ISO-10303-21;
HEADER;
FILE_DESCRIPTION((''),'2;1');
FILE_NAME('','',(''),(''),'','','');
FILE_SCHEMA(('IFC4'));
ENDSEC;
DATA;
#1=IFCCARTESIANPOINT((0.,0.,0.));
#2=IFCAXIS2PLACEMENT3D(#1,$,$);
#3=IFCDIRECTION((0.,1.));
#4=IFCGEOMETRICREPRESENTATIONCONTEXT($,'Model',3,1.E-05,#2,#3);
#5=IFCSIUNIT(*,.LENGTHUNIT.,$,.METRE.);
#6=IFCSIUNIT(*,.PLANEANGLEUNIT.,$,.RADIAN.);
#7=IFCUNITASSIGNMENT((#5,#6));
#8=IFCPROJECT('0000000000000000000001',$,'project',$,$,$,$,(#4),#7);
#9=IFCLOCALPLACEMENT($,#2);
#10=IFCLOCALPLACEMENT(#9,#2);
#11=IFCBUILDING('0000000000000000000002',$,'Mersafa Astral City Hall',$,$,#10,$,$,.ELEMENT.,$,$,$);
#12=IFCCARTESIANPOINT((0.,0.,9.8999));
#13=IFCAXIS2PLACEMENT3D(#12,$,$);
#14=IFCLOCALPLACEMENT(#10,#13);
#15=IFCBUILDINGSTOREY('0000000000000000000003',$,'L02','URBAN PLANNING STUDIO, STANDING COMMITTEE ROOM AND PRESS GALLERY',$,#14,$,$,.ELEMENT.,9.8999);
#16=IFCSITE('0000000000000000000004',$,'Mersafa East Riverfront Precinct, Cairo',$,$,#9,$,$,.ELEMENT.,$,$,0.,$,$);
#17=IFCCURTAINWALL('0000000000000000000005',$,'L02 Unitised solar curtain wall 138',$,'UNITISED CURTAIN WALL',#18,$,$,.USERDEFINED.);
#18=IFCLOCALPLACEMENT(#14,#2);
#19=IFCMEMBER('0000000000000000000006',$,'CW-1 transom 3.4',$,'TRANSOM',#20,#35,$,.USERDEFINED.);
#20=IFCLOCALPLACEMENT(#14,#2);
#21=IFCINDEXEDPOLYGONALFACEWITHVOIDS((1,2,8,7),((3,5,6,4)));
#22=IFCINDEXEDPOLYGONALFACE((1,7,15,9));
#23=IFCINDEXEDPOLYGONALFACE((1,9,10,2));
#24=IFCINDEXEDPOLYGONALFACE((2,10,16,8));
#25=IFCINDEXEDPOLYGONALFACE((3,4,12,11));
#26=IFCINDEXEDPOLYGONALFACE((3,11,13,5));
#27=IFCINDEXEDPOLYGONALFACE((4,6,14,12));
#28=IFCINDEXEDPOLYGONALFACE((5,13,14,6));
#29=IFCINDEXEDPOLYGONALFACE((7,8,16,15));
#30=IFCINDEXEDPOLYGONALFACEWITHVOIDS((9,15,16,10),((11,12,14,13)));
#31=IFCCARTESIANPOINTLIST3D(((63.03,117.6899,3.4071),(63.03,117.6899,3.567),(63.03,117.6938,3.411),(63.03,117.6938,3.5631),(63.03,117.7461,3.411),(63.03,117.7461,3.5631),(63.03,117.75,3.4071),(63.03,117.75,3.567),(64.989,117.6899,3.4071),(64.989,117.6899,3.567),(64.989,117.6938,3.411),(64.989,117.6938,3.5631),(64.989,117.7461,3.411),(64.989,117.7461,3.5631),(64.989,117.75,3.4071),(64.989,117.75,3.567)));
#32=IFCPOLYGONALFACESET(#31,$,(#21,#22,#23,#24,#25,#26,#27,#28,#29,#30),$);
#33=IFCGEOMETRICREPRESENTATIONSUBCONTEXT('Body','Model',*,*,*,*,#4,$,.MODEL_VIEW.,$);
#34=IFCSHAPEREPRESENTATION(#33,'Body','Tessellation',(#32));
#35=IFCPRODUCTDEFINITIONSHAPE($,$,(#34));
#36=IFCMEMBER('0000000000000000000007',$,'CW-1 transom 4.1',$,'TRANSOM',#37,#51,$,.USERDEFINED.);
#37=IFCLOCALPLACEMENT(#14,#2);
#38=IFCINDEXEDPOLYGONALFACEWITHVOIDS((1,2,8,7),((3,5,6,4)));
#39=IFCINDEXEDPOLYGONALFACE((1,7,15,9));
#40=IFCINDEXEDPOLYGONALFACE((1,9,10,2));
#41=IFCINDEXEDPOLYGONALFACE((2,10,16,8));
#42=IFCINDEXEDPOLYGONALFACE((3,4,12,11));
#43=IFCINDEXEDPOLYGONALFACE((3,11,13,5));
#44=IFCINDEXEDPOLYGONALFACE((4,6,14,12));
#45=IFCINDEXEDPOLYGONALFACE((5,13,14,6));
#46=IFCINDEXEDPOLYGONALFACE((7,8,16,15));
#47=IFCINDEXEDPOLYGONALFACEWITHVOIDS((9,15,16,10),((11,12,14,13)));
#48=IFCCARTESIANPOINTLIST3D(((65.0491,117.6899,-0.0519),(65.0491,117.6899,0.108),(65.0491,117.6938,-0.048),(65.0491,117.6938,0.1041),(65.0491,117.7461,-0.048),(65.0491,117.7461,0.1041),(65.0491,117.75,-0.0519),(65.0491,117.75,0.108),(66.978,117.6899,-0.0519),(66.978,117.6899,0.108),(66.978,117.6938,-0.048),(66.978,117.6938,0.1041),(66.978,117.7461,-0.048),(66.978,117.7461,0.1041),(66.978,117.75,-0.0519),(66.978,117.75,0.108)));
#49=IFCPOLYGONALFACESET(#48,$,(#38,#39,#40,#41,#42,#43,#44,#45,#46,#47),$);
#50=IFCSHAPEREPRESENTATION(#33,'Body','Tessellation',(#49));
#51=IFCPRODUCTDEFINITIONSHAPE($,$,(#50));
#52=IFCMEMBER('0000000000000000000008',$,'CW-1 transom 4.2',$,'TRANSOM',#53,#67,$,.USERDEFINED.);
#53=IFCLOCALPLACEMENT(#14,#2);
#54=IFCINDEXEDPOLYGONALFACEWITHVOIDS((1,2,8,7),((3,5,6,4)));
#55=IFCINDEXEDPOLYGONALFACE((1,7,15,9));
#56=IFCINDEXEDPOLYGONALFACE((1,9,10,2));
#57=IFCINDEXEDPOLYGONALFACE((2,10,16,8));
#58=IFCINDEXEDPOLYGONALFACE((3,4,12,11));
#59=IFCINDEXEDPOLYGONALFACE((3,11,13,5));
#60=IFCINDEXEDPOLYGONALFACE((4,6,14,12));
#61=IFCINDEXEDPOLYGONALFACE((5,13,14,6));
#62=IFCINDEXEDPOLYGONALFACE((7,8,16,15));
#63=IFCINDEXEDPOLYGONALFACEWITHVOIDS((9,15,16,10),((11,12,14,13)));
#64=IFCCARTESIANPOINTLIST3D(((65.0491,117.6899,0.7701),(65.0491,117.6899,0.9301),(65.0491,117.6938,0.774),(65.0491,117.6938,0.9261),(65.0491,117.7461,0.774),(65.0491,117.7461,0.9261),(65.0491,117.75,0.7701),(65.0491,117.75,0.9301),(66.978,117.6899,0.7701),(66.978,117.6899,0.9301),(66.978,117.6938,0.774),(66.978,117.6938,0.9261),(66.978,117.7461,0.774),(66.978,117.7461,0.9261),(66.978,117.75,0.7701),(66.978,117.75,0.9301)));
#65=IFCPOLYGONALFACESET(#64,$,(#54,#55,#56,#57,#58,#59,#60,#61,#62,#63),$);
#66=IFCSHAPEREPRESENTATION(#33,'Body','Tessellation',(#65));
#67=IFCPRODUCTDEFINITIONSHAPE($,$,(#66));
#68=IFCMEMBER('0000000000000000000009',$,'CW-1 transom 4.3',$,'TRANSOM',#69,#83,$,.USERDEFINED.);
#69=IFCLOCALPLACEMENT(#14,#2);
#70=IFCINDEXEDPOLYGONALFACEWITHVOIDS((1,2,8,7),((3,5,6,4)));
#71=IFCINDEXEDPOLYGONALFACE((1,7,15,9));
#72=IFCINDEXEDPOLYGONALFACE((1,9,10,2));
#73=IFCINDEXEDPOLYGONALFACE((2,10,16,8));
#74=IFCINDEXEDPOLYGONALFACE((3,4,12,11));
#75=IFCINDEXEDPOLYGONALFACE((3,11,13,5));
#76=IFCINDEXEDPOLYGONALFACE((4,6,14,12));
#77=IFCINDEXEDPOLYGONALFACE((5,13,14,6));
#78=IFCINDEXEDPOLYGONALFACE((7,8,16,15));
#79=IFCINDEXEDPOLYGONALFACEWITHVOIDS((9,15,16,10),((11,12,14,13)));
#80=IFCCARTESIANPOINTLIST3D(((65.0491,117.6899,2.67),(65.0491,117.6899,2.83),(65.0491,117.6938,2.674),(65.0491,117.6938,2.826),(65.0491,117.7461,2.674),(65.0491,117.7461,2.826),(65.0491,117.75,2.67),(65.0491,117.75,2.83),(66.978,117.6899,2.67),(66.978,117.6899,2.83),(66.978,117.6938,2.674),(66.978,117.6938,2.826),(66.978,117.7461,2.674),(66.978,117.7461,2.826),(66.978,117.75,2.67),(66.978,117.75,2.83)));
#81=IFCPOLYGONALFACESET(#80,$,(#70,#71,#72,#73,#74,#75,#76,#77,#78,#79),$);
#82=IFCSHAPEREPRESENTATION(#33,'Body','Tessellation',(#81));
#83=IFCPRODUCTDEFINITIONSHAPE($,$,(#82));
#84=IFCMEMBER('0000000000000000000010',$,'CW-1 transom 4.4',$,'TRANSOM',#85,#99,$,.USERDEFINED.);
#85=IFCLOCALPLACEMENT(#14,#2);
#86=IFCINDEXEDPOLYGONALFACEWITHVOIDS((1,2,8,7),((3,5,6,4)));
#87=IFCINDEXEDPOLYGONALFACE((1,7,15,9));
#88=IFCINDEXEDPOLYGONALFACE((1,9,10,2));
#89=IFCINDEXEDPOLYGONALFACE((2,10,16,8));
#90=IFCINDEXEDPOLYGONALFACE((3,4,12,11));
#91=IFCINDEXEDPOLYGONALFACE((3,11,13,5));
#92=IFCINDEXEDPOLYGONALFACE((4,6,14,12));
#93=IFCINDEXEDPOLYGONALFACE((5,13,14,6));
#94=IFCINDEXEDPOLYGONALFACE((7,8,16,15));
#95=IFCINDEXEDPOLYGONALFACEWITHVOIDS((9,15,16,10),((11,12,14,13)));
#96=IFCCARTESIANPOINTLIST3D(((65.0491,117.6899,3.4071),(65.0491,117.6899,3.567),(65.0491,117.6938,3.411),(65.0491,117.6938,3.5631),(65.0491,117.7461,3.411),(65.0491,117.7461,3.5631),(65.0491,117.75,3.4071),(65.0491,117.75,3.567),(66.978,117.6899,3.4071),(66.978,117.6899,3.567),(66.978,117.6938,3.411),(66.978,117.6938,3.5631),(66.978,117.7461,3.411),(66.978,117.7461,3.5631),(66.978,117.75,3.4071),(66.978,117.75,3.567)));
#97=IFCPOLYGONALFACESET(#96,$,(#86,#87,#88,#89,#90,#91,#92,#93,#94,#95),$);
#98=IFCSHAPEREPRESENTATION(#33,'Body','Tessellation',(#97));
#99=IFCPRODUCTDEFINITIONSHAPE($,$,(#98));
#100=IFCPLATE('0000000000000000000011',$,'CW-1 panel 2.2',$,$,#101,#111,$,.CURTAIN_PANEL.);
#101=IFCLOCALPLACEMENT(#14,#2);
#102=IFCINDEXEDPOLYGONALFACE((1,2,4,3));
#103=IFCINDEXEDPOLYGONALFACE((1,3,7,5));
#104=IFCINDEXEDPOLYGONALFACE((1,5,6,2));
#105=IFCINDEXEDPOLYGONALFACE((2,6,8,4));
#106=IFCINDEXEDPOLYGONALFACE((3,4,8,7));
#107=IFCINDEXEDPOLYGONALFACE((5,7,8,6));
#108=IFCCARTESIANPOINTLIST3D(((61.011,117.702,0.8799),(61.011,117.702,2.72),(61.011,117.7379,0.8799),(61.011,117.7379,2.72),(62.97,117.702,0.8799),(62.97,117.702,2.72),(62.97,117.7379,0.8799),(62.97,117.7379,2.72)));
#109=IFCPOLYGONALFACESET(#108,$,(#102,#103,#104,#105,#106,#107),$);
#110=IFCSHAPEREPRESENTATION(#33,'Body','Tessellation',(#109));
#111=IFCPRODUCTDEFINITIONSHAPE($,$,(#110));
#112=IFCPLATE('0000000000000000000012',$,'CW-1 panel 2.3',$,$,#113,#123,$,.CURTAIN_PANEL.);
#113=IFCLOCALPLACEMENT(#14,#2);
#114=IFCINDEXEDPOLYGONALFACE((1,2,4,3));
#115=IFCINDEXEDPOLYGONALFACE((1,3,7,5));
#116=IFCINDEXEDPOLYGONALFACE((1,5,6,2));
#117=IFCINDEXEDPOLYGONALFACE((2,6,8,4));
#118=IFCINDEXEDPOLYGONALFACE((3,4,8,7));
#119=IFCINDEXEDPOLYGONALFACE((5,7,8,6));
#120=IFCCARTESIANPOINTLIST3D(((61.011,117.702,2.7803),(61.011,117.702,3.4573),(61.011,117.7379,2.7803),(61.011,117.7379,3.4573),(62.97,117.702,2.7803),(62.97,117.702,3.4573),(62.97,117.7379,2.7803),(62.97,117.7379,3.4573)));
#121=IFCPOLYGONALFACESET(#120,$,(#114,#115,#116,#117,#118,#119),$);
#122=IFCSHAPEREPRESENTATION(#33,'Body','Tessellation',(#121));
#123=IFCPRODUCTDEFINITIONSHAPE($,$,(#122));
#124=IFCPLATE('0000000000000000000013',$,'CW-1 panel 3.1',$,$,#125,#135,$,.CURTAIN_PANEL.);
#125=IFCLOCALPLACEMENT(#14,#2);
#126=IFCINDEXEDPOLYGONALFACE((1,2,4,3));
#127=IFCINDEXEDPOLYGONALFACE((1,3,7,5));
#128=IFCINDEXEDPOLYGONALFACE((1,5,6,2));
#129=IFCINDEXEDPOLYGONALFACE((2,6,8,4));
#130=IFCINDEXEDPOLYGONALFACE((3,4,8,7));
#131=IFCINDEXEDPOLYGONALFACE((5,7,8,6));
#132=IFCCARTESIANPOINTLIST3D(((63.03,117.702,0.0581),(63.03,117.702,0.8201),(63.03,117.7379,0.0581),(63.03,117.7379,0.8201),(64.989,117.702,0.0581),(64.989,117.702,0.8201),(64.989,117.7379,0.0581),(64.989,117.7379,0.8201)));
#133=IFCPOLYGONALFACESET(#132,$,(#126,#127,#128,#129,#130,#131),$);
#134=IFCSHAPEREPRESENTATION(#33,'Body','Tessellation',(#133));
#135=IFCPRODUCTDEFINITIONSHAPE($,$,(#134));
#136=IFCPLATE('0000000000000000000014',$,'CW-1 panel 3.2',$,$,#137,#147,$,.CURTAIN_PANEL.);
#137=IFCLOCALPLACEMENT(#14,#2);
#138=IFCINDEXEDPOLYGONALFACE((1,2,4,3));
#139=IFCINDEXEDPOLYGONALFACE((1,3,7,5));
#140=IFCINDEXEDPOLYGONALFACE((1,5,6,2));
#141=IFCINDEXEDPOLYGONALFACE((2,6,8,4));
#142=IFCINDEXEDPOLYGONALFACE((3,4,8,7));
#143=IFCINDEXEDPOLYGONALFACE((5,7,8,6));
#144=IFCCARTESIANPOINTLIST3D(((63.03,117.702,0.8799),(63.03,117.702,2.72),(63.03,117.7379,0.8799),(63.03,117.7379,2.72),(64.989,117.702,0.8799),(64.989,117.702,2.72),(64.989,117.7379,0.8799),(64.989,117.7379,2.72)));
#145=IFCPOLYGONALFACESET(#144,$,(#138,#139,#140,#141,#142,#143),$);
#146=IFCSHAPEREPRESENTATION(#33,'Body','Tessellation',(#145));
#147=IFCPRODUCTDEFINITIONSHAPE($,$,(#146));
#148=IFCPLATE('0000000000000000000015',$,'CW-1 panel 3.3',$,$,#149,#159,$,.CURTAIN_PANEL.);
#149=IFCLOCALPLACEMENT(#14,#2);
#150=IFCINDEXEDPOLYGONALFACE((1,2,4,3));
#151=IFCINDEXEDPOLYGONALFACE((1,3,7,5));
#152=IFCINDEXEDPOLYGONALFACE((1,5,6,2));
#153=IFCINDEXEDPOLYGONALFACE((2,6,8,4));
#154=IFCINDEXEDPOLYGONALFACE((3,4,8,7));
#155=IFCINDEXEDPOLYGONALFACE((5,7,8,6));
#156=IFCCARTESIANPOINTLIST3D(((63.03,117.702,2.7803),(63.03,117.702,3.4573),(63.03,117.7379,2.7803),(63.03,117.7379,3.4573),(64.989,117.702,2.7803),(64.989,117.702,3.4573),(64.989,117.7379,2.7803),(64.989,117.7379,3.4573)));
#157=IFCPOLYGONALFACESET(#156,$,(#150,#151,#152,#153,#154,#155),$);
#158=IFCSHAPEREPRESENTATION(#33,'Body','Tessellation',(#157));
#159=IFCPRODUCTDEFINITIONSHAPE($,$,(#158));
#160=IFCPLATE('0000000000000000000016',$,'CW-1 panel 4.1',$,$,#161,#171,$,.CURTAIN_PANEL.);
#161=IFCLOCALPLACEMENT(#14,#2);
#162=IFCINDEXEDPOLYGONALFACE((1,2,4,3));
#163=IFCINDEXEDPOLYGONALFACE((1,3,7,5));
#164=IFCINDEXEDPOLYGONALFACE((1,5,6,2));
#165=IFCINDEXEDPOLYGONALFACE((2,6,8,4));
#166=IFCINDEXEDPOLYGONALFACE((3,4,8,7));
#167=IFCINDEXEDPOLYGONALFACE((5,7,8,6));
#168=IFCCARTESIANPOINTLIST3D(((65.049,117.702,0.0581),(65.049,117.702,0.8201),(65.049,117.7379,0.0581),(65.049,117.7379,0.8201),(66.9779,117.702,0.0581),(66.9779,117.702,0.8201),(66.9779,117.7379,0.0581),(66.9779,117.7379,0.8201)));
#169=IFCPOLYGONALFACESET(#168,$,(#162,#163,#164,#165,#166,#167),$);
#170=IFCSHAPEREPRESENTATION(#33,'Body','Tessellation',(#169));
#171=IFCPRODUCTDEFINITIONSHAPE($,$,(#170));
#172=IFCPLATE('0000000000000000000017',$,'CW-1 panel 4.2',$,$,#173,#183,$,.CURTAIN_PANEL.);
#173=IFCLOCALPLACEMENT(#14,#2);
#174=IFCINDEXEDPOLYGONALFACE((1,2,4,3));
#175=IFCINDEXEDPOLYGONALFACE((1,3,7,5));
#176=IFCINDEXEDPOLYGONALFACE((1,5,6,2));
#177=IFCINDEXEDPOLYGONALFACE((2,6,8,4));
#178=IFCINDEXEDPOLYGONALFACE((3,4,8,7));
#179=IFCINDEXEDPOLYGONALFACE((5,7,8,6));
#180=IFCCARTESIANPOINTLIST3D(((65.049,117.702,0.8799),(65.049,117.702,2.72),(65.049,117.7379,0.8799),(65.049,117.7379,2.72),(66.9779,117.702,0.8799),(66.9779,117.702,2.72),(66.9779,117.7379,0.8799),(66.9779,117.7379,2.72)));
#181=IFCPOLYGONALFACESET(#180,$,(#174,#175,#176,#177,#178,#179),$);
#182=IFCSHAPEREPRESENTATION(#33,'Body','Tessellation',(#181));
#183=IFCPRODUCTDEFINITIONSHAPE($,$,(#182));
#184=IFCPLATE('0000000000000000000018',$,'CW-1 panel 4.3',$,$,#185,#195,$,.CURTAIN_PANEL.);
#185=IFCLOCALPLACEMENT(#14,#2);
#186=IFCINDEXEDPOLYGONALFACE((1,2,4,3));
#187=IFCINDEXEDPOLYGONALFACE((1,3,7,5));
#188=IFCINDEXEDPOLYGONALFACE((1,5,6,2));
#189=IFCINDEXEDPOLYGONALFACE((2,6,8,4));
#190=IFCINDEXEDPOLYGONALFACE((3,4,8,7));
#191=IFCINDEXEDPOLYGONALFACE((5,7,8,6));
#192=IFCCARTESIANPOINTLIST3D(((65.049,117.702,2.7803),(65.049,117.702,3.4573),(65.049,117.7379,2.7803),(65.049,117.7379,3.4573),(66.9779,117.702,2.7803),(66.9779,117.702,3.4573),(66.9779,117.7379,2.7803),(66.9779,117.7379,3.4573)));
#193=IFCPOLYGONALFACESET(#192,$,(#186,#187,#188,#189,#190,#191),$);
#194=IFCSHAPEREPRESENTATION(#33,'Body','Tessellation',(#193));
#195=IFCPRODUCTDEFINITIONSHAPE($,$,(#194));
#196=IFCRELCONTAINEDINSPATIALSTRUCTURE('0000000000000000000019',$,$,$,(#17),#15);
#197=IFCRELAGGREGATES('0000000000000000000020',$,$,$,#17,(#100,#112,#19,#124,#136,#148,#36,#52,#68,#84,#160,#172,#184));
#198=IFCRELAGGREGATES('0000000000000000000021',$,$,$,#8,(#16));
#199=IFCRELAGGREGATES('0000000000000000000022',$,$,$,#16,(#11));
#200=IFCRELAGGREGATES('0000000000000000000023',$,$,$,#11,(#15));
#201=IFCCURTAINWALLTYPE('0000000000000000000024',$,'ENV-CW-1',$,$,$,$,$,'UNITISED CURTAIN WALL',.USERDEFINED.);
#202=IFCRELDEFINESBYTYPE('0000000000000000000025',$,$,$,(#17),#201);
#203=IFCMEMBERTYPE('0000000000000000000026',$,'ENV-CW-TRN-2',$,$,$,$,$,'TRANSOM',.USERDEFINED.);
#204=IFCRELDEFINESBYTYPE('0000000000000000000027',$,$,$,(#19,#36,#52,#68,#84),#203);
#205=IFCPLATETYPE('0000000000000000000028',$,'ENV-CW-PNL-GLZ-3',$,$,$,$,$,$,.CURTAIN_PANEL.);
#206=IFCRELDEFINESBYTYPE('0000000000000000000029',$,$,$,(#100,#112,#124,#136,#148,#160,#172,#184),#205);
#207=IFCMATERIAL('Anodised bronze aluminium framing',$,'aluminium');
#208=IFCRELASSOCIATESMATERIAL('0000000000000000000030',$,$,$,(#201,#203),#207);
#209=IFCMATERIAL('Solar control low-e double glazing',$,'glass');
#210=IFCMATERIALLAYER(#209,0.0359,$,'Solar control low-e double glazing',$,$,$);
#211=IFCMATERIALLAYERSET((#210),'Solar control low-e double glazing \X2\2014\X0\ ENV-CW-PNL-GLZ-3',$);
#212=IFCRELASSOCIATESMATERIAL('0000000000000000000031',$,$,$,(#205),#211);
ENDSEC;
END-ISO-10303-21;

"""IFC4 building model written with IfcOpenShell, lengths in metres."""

from ifc_helpers import new_model, si_unit, direction, frame, origin, origin_2d, place, context, subcontext, project, spatial, rectangle, hollow_rectangle, extrude, material, layer, layer_set, material_profile, profile_set, type_object, element, aggregate, save


model = new_model("IFC4")

# Units and contexts
model_context = context("Model", 3, precision=1e-05, world=origin(), true_north=direction((0.0, 1.0)))
body_context = subcontext(model_context, "Body", "Model", "MODEL_VIEW")
ifc_project = project(units=[si_unit("LENGTHUNIT", "METRE"), si_unit("PLANEANGLEUNIT", "RADIAN")], contexts=[model_context])

# Site, building, storey
site_placement = place(None, origin())
site = spatial("IfcSite", under=ifc_project, at=site_placement, Name="Mersafa East Riverfront Precinct, Cairo", CompositionType="ELEMENT", RefElevation=0.0)
building_placement = place(site_placement, origin())
building = spatial("IfcBuilding", under=site, at=building_placement, Name="Mersafa Astral City Hall", CompositionType="ELEMENT")
storey_placement = place(building_placement, frame((0.0, 0.0, 9.8999)))
storey = spatial("IfcBuildingStorey", under=building, at=storey_placement, Name="L02", Description="URBAN PLANNING STUDIO, STANDING COMMITTEE ROOM AND PRESS GALLERY", CompositionType="ELEMENT", Elevation=9.8999)

# Curtain wall
ifc_material_1 = material(Name="Anodised bronze aluminium framing", Category="aluminium")
curtain_wall_type_1 = type_object("IfcCurtainWallType", Name="ENV-CW-1", ElementType="UNITISED CURTAIN WALL", PredefinedType="USERDEFINED", material=ifc_material_1)
curtain_wall_1_placement = place(storey_placement, origin())
curtain_wall_1 = element("IfcCurtainWall", 1, at=curtain_wall_1_placement, inside=storey, type_object=curtain_wall_type_1, Name="L02 Unitised solar curtain wall 138", ObjectType="UNITISED CURTAIN WALL", PredefinedType="USERDEFINED")

# Members
ifc_material_profile_1 = material_profile(ifc_material_1, hollow_rectangle(XDim=0.0601, YDim=0.1599, WallThickness=0.0039, at=origin_2d()), Name="RHS 60x160x4")
ifc_profile_set_1 = profile_set([ifc_material_profile_1], Name="Anodised bronze aluminium framing")
member_type_1 = type_object("IfcMemberType", Name="ENV-CW-TRN-2", ElementType="TRANSOM", PredefinedType="USERDEFINED", material=ifc_profile_set_1)
member_1_placement = place(storey_placement, frame((63.03, 117.72, 3.4871), z_axis=(1.0, 0.0, 0.0), x_axis=(0.0, 1.0, 0.0)))
member_1 = element("IfcMember", 2, at=member_1_placement, type_object=member_type_1, Name="CW-1 transom 3.4", ObjectType="TRANSOM", PredefinedType="USERDEFINED", context=body_context, shape_type="SweptSolid", body=[
    extrude(hollow_rectangle(XDim=0.0601, YDim=0.1599, WallThickness=0.0039, at=origin_2d()), origin(), (0.0, 0.0, 1.0), 1.959),
])
member_2_placement = place(storey_placement, frame((65.0491, 117.72, 0.0281), z_axis=(1.0, 0.0, 0.0), x_axis=(0.0, 1.0, 0.0)))
member_2 = element("IfcMember", 3, at=member_2_placement, type_object=member_type_1, Name="CW-1 transom 4.1", ObjectType="TRANSOM", PredefinedType="USERDEFINED", context=body_context, shape_type="SweptSolid", body=[
    extrude(hollow_rectangle(XDim=0.0601, YDim=0.1599, WallThickness=0.0039, at=origin_2d()), origin(), (0.0, 0.0, 1.0), 1.929),
])
member_3_placement = place(storey_placement, frame((65.0491, 117.72, 0.8501), z_axis=(1.0, 0.0, 0.0), x_axis=(0.0, 1.0, 0.0)))
member_3 = element("IfcMember", 4, at=member_3_placement, type_object=member_type_1, Name="CW-1 transom 4.2", ObjectType="TRANSOM", PredefinedType="USERDEFINED", context=body_context, shape_type="SweptSolid", body=[
    extrude(hollow_rectangle(XDim=0.0601, YDim=0.1599, WallThickness=0.0039, at=origin_2d()), origin(), (0.0, 0.0, 1.0), 1.929),
])
member_4_placement = place(storey_placement, frame((65.0491, 117.72, 2.75), z_axis=(1.0, 0.0, 0.0), x_axis=(0.0, 1.0, 0.0)))
member_4 = element("IfcMember", 5, at=member_4_placement, type_object=member_type_1, Name="CW-1 transom 4.3", ObjectType="TRANSOM", PredefinedType="USERDEFINED", context=body_context, shape_type="SweptSolid", body=[
    extrude(hollow_rectangle(XDim=0.0601, YDim=0.1599, WallThickness=0.0039, at=origin_2d()), origin(), (0.0, 0.0, 1.0), 1.929),
])
member_5_placement = place(storey_placement, frame((65.0491, 117.72, 3.4871), z_axis=(1.0, 0.0, 0.0), x_axis=(0.0, 1.0, 0.0)))
member_5 = element("IfcMember", 6, at=member_5_placement, type_object=member_type_1, Name="CW-1 transom 4.4", ObjectType="TRANSOM", PredefinedType="USERDEFINED", context=body_context, shape_type="SweptSolid", body=[
    extrude(hollow_rectangle(XDim=0.0601, YDim=0.1599, WallThickness=0.0039, at=origin_2d()), origin(), (0.0, 0.0, 1.0), 1.929),
])

# Plates
ifc_material_2 = material(Name="Solar control low-e double glazing", Category="glass")
ifc_layer = layer(ifc_material_2, 0.0359, Name="Solar control low-e double glazing")
ifc_layer_set = layer_set([ifc_layer], Name="Solar control low-e double glazing — ENV-CW-PNL-GLZ-3")
plate_type = type_object("IfcPlateType", Name="ENV-CW-PNL-GLZ-3", PredefinedType="CURTAIN_PANEL", material=ifc_layer_set)
plate_1_placement = place(storey_placement, frame((61.9905, 117.72, 0.8799), z_axis=(0.0, 0.0, 1.0), x_axis=(1.0, 0.0, 0.0)))
plate_1 = element("IfcPlate", 7, at=plate_1_placement, type_object=plate_type, Name="CW-1 panel 2.2", PredefinedType="CURTAIN_PANEL", context=body_context, shape_type="SweptSolid", body=[
    extrude(rectangle(XDim=1.959, YDim=0.0359, at=origin_2d()), origin(), (0.0, 0.0, 1.0), 1.8401),
])
plate_2_placement = place(storey_placement, frame((61.9905, 117.72, 2.7803), z_axis=(0.0, 0.0, 1.0), x_axis=(1.0, 0.0, 0.0)))
plate_2 = element("IfcPlate", 8, at=plate_2_placement, type_object=plate_type, Name="CW-1 panel 2.3", PredefinedType="CURTAIN_PANEL", context=body_context, shape_type="SweptSolid", body=[
    extrude(rectangle(XDim=1.959, YDim=0.0359, at=origin_2d()), origin(), (0.0, 0.0, 1.0), 0.677),
])
plate_3_placement = place(storey_placement, frame((64.0095, 117.72, 0.0581), z_axis=(0.0, 0.0, 1.0), x_axis=(1.0, 0.0, 0.0)))
plate_3 = element("IfcPlate", 9, at=plate_3_placement, type_object=plate_type, Name="CW-1 panel 3.1", PredefinedType="CURTAIN_PANEL", context=body_context, shape_type="SweptSolid", body=[
    extrude(rectangle(XDim=1.959, YDim=0.0359, at=origin_2d()), origin(), (0.0, 0.0, 1.0), 0.762),
])
plate_4_placement = place(storey_placement, frame((64.0095, 117.72, 0.8799), z_axis=(0.0, 0.0, 1.0), x_axis=(1.0, 0.0, 0.0)))
plate_4 = element("IfcPlate", 10, at=plate_4_placement, type_object=plate_type, Name="CW-1 panel 3.2", PredefinedType="CURTAIN_PANEL", context=body_context, shape_type="SweptSolid", body=[
    extrude(rectangle(XDim=1.959, YDim=0.0359, at=origin_2d()), origin(), (0.0, 0.0, 1.0), 1.8401),
])
plate_5_placement = place(storey_placement, frame((64.0095, 117.72, 2.7803), z_axis=(0.0, 0.0, 1.0), x_axis=(1.0, 0.0, 0.0)))
plate_5 = element("IfcPlate", 11, at=plate_5_placement, type_object=plate_type, Name="CW-1 panel 3.3", PredefinedType="CURTAIN_PANEL", context=body_context, shape_type="SweptSolid", body=[
    extrude(rectangle(XDim=1.959, YDim=0.0359, at=origin_2d()), origin(), (0.0, 0.0, 1.0), 0.677),
])
plate_6_placement = place(storey_placement, frame((66.0134, 117.72, 0.0581), z_axis=(0.0, 0.0, 1.0), x_axis=(1.0, 0.0, 0.0)))
plate_6 = element("IfcPlate", 12, at=plate_6_placement, type_object=plate_type, Name="CW-1 panel 4.1", PredefinedType="CURTAIN_PANEL", context=body_context, shape_type="SweptSolid", body=[
    extrude(rectangle(XDim=1.929, YDim=0.0359, at=origin_2d()), origin(), (0.0, 0.0, 1.0), 0.762),
])
plate_7_placement = place(storey_placement, frame((66.0134, 117.72, 0.8799), z_axis=(0.0, 0.0, 1.0), x_axis=(1.0, 0.0, 0.0)))
plate_7 = element("IfcPlate", 13, at=plate_7_placement, type_object=plate_type, Name="CW-1 panel 4.2", PredefinedType="CURTAIN_PANEL", context=body_context, shape_type="SweptSolid", body=[
    extrude(rectangle(XDim=1.929, YDim=0.0359, at=origin_2d()), origin(), (0.0, 0.0, 1.0), 1.8401),
])
plate_8_placement = place(storey_placement, frame((66.0134, 117.72, 2.7803), z_axis=(0.0, 0.0, 1.0), x_axis=(1.0, 0.0, 0.0)))
plate_8 = element("IfcPlate", 14, at=plate_8_placement, type_object=plate_type, Name="CW-1 panel 4.3", PredefinedType="CURTAIN_PANEL", context=body_context, shape_type="SweptSolid", body=[
    extrude(rectangle(XDim=1.929, YDim=0.0359, at=origin_2d()), origin(), (0.0, 0.0, 1.0), 0.677),
])
aggregate(curtain_wall_1, [plate_1, plate_2, member_1, plate_3, plate_4, plate_5, member_2, member_3, member_4, member_5, plate_6, plate_7, plate_8])

save(model, "model.ifc")
